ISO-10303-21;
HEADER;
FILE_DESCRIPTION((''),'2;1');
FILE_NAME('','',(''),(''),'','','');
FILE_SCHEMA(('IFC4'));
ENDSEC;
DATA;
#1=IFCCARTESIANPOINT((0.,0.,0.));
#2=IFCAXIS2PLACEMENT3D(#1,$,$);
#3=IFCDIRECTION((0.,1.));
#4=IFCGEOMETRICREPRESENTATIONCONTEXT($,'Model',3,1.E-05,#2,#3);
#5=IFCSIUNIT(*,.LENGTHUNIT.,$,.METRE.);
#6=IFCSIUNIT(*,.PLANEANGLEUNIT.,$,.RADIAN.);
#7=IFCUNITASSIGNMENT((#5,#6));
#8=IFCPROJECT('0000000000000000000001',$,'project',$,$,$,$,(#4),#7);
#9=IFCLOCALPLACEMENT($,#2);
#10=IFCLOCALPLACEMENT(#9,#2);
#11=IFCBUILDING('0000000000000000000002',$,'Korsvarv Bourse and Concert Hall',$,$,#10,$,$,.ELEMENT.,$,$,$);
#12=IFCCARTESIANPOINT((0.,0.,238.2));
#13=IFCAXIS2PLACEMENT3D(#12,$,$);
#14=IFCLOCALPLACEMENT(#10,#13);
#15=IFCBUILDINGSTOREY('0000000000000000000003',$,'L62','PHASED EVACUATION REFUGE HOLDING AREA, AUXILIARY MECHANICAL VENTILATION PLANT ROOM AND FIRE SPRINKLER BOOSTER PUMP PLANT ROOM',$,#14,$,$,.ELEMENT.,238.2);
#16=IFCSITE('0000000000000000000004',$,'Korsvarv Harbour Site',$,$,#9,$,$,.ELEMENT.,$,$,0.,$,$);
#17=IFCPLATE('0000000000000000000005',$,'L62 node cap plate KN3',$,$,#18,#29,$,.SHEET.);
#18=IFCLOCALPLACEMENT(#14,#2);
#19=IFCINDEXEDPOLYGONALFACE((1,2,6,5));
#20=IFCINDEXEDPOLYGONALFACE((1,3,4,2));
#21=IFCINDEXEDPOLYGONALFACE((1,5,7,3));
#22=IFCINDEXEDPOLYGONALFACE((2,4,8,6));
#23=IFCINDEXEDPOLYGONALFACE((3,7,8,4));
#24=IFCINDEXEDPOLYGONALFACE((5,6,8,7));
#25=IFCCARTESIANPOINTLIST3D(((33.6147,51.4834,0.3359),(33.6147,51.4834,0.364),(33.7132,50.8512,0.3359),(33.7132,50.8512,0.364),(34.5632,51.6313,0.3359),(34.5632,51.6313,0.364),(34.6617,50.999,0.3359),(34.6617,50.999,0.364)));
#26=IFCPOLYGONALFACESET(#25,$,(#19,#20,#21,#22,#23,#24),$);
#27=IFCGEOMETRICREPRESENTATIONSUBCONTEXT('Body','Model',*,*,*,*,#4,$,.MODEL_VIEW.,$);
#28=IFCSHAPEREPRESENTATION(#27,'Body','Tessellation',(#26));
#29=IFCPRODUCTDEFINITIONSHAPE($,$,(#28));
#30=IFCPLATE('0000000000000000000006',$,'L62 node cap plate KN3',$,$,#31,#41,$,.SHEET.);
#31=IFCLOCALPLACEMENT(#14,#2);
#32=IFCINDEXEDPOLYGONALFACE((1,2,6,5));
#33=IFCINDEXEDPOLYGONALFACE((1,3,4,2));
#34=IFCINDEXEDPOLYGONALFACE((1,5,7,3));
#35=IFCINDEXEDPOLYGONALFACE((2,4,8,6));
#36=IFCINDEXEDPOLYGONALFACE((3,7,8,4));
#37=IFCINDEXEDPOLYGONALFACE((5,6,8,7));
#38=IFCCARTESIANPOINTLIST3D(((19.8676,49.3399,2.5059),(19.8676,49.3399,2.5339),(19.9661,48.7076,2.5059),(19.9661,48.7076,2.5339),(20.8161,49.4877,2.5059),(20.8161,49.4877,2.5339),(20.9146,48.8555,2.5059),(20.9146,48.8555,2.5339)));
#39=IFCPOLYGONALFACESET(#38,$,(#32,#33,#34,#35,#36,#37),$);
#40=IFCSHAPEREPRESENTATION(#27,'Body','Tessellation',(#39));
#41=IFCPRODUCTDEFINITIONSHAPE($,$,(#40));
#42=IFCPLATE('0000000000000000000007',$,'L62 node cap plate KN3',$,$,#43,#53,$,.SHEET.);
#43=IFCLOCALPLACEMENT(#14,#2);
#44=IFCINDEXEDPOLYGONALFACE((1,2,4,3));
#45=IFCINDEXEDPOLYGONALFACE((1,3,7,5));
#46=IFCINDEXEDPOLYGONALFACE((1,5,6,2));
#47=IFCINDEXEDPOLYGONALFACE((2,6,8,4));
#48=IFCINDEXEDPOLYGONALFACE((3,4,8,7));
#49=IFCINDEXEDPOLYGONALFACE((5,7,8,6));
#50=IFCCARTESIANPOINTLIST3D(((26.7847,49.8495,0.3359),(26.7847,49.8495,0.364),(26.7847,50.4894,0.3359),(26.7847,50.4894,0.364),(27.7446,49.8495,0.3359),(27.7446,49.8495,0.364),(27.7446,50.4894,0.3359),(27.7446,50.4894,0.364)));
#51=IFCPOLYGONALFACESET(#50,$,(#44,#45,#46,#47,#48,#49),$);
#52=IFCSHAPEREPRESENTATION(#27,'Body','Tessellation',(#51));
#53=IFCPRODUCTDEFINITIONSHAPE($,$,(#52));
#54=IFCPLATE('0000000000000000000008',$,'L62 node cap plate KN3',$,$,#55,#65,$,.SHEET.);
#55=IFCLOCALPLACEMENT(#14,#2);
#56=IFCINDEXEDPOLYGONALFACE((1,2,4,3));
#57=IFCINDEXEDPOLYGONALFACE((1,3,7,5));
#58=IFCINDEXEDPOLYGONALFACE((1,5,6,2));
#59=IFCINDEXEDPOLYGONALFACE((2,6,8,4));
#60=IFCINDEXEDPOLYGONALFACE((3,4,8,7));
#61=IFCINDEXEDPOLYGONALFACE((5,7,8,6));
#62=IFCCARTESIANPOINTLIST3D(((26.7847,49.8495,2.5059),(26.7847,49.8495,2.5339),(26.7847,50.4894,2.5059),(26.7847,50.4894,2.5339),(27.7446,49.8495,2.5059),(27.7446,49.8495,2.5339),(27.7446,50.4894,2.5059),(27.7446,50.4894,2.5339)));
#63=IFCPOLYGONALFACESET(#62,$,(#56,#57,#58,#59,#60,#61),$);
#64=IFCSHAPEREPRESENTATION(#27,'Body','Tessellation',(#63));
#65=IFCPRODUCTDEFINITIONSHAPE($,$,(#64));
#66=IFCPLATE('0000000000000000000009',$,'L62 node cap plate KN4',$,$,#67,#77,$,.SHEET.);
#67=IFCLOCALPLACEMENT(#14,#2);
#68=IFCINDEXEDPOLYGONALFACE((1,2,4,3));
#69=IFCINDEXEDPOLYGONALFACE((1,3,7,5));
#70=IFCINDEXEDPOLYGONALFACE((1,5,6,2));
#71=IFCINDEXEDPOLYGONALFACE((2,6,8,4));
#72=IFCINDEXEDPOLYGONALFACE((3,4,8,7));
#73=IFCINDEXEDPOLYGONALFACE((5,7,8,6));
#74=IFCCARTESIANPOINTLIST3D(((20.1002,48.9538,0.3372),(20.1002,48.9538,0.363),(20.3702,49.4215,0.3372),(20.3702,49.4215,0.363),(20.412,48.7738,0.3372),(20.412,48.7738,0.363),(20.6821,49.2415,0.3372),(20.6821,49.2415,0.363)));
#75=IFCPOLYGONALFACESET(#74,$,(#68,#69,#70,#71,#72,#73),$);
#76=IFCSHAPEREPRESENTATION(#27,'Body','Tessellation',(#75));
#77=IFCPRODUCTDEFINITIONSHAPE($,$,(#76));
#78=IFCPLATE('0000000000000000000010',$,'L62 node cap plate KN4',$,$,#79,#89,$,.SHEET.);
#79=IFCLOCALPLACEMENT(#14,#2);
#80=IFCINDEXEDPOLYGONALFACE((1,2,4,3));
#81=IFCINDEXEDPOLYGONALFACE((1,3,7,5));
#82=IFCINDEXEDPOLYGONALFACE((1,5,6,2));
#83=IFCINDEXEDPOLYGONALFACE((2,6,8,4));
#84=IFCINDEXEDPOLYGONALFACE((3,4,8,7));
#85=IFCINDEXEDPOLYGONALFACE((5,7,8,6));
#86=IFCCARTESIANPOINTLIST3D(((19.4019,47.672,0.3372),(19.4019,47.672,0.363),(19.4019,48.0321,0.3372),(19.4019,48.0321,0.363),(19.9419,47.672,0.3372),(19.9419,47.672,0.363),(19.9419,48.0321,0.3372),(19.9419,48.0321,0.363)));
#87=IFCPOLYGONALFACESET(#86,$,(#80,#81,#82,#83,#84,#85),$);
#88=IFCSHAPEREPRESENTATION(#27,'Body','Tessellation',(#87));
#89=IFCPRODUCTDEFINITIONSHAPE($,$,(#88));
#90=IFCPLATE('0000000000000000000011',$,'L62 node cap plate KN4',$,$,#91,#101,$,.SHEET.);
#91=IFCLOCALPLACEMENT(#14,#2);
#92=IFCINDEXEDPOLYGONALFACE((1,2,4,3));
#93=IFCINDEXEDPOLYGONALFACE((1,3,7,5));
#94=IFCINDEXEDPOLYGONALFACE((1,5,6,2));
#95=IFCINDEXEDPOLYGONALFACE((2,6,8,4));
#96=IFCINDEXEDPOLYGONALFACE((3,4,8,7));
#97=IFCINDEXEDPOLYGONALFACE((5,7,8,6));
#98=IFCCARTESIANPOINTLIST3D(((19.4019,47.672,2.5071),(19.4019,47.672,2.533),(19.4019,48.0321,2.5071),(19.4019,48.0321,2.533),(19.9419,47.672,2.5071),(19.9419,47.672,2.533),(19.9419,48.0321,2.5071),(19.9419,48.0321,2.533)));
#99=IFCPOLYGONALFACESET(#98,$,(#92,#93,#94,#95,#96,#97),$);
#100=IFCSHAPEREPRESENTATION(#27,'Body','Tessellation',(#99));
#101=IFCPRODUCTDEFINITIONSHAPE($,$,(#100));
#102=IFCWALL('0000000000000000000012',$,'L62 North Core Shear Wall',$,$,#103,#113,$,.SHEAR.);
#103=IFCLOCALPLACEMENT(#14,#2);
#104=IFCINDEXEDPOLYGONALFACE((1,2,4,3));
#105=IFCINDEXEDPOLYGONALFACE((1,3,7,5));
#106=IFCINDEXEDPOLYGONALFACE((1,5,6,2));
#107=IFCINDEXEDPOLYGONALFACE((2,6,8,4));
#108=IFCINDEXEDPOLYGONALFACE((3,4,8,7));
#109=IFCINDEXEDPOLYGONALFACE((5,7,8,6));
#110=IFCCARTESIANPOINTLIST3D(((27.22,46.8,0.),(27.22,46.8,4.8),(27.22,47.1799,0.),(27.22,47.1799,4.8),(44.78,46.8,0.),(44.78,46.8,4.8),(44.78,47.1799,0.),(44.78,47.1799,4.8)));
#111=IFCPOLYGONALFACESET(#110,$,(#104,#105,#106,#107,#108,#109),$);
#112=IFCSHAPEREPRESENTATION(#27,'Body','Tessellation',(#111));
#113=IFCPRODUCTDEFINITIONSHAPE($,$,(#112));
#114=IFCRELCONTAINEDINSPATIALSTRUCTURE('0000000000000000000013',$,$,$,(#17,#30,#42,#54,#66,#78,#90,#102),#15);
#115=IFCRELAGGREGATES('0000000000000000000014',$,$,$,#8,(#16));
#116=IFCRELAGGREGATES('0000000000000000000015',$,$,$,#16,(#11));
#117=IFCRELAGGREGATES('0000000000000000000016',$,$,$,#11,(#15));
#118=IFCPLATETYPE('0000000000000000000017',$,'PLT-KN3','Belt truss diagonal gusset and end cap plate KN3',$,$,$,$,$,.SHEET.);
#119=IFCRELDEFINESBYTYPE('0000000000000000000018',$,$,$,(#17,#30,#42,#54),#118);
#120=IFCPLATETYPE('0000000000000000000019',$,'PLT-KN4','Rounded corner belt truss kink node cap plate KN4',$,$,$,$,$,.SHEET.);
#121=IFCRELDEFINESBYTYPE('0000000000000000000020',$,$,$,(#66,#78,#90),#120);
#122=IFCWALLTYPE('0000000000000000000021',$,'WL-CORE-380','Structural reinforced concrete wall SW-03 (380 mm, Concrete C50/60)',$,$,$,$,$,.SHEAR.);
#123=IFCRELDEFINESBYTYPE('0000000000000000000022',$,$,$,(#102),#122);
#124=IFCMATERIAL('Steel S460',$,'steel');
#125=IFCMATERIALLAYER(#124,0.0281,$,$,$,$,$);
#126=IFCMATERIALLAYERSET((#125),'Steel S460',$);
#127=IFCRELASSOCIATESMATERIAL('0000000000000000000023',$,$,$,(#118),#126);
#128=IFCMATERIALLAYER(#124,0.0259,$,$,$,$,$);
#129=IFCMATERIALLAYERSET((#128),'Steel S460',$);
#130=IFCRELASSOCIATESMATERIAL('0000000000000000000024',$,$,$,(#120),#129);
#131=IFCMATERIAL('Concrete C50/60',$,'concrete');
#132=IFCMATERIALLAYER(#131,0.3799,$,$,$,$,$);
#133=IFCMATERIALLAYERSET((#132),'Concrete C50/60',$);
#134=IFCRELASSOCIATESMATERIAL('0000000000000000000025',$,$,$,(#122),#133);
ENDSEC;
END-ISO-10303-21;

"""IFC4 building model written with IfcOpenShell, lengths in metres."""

from ifc_helpers import new_model, si_unit, direction, frame, frame_2d, origin, origin_2d, place, context, subcontext, project, spatial, rectangle, extrude, source, transform, mapped, material, layer, layer_set, type_object, element, save


model = new_model("IFC4")

# Units and contexts
model_context = context("Model", 3, precision=1e-05, world=origin(), true_north=direction((0.0, 1.0)))
body_context = subcontext(model_context, "Body", "Model", "MODEL_VIEW")
ifc_project = project(units=[si_unit("LENGTHUNIT", "METRE"), si_unit("PLANEANGLEUNIT", "RADIAN")], contexts=[model_context])

# Site, building, storey
site_placement = place(None, origin())
site = spatial("IfcSite", under=ifc_project, at=site_placement, Name="Korsvarv Harbour Site", CompositionType="ELEMENT", RefElevation=0.0)
building_placement = place(site_placement, origin())
building = spatial("IfcBuilding", under=site, at=building_placement, Name="Korsvarv Bourse and Concert Hall", CompositionType="ELEMENT")
storey_placement = place(building_placement, frame((0.0, 0.0, 238.2)))
storey = spatial("IfcBuildingStorey", under=building, at=storey_placement, Name="L62", Description="PHASED EVACUATION REFUGE HOLDING AREA, AUXILIARY MECHANICAL VENTILATION PLANT ROOM AND FIRE SPRINKLER BOOSTER PUMP PLANT ROOM", CompositionType="ELEMENT", Elevation=238.2)

# Plates
ifc_material_1 = material(Name="Steel S460", Category="steel")
ifc_layer_1 = layer(ifc_material_1, 0.0281)
ifc_layer_set_1 = layer_set([ifc_layer_1], Name="Steel S460")
plate_type_1 = type_object("IfcPlateType", Name="PLT-KN3", Description="Belt truss diagonal gusset and end cap plate KN3", PredefinedType="SHEET", material=ifc_layer_set_1)
shared_shape_1 = source(origin(), body_context, "Body", "SweptSolid", [
    extrude(rectangle(XDim=0.96, YDim=0.6399, at=origin_2d()), origin(), (0.0, 0.0, 1.0), 0.0281),
])
for number, where, z_axis, x_axis, name in (
    (1, (34.1382, 51.2412, 0.3359), (0.0, 0.0, 1.0), (0.988068, 0.154021, 0.0), "L62 node cap plate KN3"),
    (2, (20.3911, 49.0977, 2.5059), (0.0, 0.0, 1.0), (0.988068, 0.154021, 0.0), "L62 node cap plate KN3"),
    (3, (27.2646, 50.1694, 0.3359), (0.0, 0.0, 1.0), (1.0, 0.0, 0.0), "L62 node cap plate KN3"),
    (4, (27.2646, 50.1694, 2.5059), (0.0, 0.0, 1.0), (1.0, 0.0, 0.0), "L62 node cap plate KN3"),
):
    element("IfcPlate", number, at=place(storey_placement, frame(where, z_axis=z_axis, x_axis=x_axis)), inside=storey, type_object=plate_type_1, Name=name, PredefinedType="SHEET", context=body_context, shape_type="MappedRepresentation", body=[
        mapped(shared_shape_1, transform((0.0, 0.0, 0.0), scale=1.0)),
    ])
ifc_layer_2 = layer(ifc_material_1, 0.0259)
ifc_layer_set_2 = layer_set([ifc_layer_2], Name="Steel S460")
plate_type_2 = type_object("IfcPlateType", Name="PLT-KN4", Description="Rounded corner belt truss kink node cap plate KN4", PredefinedType="SHEET", material=ifc_layer_set_2)
shared_shape_2 = source(origin(), body_context, "Body", "SweptSolid", [
    extrude(rectangle(XDim=0.54, YDim=0.3601, at=origin_2d()), origin(), (0.0, 0.0, 1.0), 0.0259),
])
for number, where, z_axis, x_axis, name in (
    (5, (20.3911, 49.0977, 0.3372), (0.0, 0.0, 1.0), (0.5, 0.866025, 0.0), "L62 node cap plate KN4"),
    (6, (19.6719, 47.8521, 0.3372), (0.0, 0.0, 1.0), (1.0, 0.0, 0.0), "L62 node cap plate KN4"),
    (7, (19.6719, 47.8521, 2.5071), (0.0, 0.0, 1.0), (1.0, 0.0, 0.0), "L62 node cap plate KN4"),
):
    element("IfcPlate", number, at=place(storey_placement, frame(where, z_axis=z_axis, x_axis=x_axis)), inside=storey, type_object=plate_type_2, Name=name, PredefinedType="SHEET", context=body_context, shape_type="MappedRepresentation", body=[
        mapped(shared_shape_2, transform((0.0, 0.0, 0.0), scale=1.0)),
    ])

# Wall
ifc_material_2 = material(Name="Concrete C50/60", Category="concrete")
ifc_layer_3 = layer(ifc_material_2, 0.3799)
ifc_layer_set_3 = layer_set([ifc_layer_3], Name="Concrete C50/60")
wall_type = type_object("IfcWallType", Name="WL-CORE-380", Description="Structural reinforced concrete wall SW-03 (380 mm, Concrete C50/60)", PredefinedType="SHEAR", material=ifc_layer_set_3)
wall_placement = place(storey_placement, frame((27.22, 46.99, 0.0), z_axis=(0.0, 0.0, 1.0), x_axis=(1.0, 0.0, 0.0)))
element("IfcWall", 8, at=wall_placement, inside=storey, type_object=wall_type, Name="L62 North Core Shear Wall", PredefinedType="SHEAR", context=body_context, shape_type="SweptSolid", body=[
    extrude(rectangle(XDim=17.5601, YDim=0.3799, at=frame_2d((8.78, 0.0))), origin(), (0.0, 0.0, 1.0), 4.8),
])

save(model, "model.ifc")
